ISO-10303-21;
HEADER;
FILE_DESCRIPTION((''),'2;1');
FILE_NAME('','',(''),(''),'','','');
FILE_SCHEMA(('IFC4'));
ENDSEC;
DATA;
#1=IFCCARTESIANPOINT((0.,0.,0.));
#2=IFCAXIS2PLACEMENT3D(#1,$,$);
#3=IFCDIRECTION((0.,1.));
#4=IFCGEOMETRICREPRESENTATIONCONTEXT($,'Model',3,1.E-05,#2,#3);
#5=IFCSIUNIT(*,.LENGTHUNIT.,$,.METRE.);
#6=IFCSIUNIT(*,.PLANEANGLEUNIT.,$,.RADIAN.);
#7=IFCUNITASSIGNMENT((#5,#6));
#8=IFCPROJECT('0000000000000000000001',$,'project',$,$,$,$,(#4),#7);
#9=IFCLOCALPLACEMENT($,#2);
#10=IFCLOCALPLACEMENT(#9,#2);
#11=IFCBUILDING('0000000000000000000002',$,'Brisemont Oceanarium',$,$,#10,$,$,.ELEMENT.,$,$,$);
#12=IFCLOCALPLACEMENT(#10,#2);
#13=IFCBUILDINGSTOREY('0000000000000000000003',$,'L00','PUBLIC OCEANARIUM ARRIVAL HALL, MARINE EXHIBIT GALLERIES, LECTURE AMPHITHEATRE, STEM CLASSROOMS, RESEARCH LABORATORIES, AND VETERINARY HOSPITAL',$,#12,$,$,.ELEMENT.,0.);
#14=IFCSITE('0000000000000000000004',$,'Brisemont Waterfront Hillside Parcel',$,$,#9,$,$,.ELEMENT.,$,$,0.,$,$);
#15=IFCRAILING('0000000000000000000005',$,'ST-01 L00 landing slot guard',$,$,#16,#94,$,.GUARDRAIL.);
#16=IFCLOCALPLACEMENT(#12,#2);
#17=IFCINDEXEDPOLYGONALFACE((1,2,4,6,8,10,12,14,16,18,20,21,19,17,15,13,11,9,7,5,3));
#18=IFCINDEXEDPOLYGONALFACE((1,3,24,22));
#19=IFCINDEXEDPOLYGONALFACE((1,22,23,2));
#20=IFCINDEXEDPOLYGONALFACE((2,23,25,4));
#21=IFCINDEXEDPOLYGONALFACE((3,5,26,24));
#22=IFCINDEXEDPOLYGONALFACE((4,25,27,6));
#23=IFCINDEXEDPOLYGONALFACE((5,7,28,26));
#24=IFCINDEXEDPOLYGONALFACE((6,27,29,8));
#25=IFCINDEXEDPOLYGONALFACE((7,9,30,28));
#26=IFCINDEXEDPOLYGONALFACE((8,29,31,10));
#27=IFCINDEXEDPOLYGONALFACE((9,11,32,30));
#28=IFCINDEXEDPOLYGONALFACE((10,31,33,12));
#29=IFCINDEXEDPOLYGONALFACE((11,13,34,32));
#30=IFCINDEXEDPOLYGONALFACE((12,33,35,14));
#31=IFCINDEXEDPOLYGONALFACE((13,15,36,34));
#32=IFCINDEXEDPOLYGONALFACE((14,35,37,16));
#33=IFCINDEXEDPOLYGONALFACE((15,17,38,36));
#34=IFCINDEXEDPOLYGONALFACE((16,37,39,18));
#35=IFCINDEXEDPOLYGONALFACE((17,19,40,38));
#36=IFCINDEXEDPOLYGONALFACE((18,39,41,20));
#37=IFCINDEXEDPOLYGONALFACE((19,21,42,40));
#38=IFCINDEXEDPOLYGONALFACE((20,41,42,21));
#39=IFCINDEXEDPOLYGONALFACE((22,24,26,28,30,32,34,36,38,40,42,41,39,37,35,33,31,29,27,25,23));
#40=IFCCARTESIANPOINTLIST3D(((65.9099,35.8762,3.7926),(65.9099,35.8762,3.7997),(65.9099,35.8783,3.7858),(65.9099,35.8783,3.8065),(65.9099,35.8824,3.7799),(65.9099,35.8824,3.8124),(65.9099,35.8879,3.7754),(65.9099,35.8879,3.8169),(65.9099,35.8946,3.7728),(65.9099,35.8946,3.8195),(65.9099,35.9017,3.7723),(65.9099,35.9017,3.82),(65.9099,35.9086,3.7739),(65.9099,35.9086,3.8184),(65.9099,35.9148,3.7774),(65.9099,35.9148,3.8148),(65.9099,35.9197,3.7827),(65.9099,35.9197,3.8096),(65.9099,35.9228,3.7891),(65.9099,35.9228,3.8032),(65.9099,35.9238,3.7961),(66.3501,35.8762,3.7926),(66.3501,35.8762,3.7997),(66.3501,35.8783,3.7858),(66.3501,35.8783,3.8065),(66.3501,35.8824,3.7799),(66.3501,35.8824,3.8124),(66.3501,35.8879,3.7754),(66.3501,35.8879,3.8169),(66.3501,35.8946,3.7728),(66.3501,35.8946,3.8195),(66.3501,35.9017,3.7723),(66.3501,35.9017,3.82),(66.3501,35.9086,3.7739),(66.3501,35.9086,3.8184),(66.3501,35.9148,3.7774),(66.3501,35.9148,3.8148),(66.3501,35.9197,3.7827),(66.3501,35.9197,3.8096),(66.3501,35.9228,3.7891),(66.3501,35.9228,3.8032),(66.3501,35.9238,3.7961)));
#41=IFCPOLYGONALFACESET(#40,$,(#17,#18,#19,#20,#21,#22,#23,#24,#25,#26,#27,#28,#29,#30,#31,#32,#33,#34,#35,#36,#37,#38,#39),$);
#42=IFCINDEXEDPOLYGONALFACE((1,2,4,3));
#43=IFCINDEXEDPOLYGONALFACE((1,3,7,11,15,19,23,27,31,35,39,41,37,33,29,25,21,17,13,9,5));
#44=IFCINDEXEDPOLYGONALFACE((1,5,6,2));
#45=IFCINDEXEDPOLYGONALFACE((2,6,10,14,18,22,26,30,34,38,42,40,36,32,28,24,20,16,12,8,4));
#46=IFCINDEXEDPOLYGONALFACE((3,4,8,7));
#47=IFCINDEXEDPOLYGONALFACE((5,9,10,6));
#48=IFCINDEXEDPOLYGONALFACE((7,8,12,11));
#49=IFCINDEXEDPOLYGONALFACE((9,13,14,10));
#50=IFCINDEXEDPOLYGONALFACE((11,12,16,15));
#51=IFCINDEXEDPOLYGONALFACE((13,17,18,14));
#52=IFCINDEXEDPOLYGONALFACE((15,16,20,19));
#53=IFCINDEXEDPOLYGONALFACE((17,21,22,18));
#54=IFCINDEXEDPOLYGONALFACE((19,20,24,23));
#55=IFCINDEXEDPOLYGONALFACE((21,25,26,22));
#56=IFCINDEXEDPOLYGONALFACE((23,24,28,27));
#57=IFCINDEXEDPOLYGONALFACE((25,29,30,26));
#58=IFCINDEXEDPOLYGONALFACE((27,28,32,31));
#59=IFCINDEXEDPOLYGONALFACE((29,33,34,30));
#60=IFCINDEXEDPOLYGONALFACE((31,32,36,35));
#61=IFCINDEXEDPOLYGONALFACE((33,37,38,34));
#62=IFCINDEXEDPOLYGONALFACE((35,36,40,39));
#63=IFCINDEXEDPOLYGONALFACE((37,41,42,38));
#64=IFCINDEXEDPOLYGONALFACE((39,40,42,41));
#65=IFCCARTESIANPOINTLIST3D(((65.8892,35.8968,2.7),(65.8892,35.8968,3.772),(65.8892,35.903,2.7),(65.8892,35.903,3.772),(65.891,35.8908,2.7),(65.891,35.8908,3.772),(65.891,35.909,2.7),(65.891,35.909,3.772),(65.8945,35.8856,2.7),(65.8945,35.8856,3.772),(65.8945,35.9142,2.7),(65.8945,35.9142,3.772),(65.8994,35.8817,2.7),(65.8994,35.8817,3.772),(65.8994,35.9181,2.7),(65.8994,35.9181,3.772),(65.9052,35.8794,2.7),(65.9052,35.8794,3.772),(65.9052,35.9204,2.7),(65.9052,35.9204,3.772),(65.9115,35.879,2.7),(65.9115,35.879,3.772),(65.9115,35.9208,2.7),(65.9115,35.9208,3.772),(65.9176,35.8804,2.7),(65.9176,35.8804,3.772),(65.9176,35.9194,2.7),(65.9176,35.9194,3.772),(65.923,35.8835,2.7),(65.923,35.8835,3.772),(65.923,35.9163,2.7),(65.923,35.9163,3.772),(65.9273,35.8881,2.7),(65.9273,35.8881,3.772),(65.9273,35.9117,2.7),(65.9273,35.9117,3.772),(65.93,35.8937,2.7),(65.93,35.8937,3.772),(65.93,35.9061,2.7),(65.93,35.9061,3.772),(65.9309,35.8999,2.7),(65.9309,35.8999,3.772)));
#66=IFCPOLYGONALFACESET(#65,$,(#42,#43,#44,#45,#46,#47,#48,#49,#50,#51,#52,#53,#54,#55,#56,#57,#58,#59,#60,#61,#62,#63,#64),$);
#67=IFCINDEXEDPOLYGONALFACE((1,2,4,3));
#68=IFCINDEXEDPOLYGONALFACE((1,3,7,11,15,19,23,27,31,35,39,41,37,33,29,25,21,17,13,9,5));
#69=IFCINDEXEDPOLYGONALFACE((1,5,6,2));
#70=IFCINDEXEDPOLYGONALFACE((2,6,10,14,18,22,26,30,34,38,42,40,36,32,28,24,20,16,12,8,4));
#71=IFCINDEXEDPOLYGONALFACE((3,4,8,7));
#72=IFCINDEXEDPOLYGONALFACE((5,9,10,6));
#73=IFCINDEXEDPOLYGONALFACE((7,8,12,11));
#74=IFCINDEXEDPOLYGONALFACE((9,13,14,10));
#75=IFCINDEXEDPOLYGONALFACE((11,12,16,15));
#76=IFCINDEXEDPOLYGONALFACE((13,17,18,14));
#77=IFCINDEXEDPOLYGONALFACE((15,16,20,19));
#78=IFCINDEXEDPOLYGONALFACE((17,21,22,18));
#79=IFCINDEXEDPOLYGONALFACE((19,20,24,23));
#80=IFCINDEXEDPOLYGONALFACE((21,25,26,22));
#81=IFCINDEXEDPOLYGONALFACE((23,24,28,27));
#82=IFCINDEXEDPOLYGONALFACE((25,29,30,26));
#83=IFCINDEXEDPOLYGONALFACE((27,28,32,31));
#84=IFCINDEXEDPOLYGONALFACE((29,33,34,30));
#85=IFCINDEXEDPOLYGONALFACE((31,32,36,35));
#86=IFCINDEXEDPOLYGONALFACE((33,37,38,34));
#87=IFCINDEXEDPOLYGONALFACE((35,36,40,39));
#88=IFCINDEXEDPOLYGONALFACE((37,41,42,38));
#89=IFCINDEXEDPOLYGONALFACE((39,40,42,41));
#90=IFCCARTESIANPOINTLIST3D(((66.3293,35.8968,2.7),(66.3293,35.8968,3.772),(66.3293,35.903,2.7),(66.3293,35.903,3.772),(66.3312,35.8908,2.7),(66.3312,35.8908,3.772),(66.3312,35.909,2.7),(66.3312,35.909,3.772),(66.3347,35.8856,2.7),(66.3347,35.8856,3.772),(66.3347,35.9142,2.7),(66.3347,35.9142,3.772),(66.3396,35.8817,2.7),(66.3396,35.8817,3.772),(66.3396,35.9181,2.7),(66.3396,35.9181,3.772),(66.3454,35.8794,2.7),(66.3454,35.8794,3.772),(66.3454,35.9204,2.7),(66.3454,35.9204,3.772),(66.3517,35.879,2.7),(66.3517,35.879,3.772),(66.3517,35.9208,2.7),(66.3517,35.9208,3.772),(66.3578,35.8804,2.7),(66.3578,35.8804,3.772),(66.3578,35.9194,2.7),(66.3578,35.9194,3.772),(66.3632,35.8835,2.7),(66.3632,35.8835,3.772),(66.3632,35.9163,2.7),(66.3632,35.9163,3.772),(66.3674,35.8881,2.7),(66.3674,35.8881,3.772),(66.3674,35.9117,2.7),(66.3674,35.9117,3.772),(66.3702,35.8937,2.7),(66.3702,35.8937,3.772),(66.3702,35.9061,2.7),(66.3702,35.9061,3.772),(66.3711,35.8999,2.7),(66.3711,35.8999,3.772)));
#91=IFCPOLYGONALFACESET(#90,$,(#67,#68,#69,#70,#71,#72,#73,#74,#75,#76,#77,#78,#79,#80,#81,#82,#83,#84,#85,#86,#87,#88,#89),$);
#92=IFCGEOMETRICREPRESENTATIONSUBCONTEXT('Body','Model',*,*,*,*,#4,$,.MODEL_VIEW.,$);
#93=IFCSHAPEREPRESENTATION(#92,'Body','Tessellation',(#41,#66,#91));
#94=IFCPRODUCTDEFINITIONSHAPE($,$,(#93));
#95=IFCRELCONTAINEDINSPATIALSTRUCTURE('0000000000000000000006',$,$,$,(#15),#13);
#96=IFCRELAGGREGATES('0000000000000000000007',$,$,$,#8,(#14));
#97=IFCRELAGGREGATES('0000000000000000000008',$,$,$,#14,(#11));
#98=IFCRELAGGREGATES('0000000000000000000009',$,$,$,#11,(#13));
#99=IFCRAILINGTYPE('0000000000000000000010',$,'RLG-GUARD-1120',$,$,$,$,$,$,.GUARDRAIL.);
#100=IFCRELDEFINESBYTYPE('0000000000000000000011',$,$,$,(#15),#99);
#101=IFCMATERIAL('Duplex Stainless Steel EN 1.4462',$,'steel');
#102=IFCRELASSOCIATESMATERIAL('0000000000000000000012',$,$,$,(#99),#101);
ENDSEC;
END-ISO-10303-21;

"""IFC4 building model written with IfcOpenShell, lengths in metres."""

from ifc_helpers import new_model, si_unit, direction, frame, origin, origin_2d, place, context, subcontext, project, spatial, circle, extrude, material, type_object, element, save


model = new_model("IFC4")

# Units and contexts
model_context = context("Model", 3, precision=1e-05, world=origin(), true_north=direction((0.0, 1.0)))
body_context = subcontext(model_context, "Body", "Model", "MODEL_VIEW")
ifc_project = project(units=[si_unit("LENGTHUNIT", "METRE"), si_unit("PLANEANGLEUNIT", "RADIAN")], contexts=[model_context])

# Site, building, storey
site_placement = place(None, origin())
site = spatial("IfcSite", under=ifc_project, at=site_placement, Name="Brisemont Waterfront Hillside Parcel", CompositionType="ELEMENT", RefElevation=0.0)
building_placement = place(site_placement, origin())
building = spatial("IfcBuilding", under=site, at=building_placement, Name="Brisemont Oceanarium", CompositionType="ELEMENT")
storey_placement = place(building_placement, origin())
storey = spatial("IfcBuildingStorey", under=building, at=storey_placement, Name="L00", Description="PUBLIC OCEANARIUM ARRIVAL HALL, MARINE EXHIBIT GALLERIES, LECTURE AMPHITHEATRE, STEM CLASSROOMS, RESEARCH LABORATORIES, AND VETERINARY HOSPITAL", CompositionType="ELEMENT", Elevation=0.0)

# Railing
ifc_material_1 = material(Name="Duplex Stainless Steel EN 1.4462", Category="steel")
railing_type_1 = type_object("IfcRailingType", Name="RLG-GUARD-1120", PredefinedType="GUARDRAIL", material=ifc_material_1)
railing_1_placement = place(storey_placement, frame((65.9099, 35.8999, 2.7)))
element("IfcRailing", 1, at=railing_1_placement, inside=storey, type_object=railing_type_1, Name="ST-01 L00 landing slot guard", PredefinedType="GUARDRAIL", context=body_context, shape_type="SweptSolid", body=[
    extrude(circle(Radius=0.0239, at=origin_2d()), frame((0.0, 0.0, 1.0962), z_axis=(1.0, 0.0, 0.0), x_axis=(0.0, 1.0, 0.0)), (0.0, 0.0, 1.0), 0.4402),
    extrude(circle(Radius=0.021, at=origin_2d()), origin(), (0.0, 0.0, 1.0), 1.072),
    extrude(circle(Radius=0.021, at=origin_2d()), frame((0.4402, 0.0, 0.0)), (0.0, 0.0, 1.0), 1.072),
])

save(model, "model.ifc")
